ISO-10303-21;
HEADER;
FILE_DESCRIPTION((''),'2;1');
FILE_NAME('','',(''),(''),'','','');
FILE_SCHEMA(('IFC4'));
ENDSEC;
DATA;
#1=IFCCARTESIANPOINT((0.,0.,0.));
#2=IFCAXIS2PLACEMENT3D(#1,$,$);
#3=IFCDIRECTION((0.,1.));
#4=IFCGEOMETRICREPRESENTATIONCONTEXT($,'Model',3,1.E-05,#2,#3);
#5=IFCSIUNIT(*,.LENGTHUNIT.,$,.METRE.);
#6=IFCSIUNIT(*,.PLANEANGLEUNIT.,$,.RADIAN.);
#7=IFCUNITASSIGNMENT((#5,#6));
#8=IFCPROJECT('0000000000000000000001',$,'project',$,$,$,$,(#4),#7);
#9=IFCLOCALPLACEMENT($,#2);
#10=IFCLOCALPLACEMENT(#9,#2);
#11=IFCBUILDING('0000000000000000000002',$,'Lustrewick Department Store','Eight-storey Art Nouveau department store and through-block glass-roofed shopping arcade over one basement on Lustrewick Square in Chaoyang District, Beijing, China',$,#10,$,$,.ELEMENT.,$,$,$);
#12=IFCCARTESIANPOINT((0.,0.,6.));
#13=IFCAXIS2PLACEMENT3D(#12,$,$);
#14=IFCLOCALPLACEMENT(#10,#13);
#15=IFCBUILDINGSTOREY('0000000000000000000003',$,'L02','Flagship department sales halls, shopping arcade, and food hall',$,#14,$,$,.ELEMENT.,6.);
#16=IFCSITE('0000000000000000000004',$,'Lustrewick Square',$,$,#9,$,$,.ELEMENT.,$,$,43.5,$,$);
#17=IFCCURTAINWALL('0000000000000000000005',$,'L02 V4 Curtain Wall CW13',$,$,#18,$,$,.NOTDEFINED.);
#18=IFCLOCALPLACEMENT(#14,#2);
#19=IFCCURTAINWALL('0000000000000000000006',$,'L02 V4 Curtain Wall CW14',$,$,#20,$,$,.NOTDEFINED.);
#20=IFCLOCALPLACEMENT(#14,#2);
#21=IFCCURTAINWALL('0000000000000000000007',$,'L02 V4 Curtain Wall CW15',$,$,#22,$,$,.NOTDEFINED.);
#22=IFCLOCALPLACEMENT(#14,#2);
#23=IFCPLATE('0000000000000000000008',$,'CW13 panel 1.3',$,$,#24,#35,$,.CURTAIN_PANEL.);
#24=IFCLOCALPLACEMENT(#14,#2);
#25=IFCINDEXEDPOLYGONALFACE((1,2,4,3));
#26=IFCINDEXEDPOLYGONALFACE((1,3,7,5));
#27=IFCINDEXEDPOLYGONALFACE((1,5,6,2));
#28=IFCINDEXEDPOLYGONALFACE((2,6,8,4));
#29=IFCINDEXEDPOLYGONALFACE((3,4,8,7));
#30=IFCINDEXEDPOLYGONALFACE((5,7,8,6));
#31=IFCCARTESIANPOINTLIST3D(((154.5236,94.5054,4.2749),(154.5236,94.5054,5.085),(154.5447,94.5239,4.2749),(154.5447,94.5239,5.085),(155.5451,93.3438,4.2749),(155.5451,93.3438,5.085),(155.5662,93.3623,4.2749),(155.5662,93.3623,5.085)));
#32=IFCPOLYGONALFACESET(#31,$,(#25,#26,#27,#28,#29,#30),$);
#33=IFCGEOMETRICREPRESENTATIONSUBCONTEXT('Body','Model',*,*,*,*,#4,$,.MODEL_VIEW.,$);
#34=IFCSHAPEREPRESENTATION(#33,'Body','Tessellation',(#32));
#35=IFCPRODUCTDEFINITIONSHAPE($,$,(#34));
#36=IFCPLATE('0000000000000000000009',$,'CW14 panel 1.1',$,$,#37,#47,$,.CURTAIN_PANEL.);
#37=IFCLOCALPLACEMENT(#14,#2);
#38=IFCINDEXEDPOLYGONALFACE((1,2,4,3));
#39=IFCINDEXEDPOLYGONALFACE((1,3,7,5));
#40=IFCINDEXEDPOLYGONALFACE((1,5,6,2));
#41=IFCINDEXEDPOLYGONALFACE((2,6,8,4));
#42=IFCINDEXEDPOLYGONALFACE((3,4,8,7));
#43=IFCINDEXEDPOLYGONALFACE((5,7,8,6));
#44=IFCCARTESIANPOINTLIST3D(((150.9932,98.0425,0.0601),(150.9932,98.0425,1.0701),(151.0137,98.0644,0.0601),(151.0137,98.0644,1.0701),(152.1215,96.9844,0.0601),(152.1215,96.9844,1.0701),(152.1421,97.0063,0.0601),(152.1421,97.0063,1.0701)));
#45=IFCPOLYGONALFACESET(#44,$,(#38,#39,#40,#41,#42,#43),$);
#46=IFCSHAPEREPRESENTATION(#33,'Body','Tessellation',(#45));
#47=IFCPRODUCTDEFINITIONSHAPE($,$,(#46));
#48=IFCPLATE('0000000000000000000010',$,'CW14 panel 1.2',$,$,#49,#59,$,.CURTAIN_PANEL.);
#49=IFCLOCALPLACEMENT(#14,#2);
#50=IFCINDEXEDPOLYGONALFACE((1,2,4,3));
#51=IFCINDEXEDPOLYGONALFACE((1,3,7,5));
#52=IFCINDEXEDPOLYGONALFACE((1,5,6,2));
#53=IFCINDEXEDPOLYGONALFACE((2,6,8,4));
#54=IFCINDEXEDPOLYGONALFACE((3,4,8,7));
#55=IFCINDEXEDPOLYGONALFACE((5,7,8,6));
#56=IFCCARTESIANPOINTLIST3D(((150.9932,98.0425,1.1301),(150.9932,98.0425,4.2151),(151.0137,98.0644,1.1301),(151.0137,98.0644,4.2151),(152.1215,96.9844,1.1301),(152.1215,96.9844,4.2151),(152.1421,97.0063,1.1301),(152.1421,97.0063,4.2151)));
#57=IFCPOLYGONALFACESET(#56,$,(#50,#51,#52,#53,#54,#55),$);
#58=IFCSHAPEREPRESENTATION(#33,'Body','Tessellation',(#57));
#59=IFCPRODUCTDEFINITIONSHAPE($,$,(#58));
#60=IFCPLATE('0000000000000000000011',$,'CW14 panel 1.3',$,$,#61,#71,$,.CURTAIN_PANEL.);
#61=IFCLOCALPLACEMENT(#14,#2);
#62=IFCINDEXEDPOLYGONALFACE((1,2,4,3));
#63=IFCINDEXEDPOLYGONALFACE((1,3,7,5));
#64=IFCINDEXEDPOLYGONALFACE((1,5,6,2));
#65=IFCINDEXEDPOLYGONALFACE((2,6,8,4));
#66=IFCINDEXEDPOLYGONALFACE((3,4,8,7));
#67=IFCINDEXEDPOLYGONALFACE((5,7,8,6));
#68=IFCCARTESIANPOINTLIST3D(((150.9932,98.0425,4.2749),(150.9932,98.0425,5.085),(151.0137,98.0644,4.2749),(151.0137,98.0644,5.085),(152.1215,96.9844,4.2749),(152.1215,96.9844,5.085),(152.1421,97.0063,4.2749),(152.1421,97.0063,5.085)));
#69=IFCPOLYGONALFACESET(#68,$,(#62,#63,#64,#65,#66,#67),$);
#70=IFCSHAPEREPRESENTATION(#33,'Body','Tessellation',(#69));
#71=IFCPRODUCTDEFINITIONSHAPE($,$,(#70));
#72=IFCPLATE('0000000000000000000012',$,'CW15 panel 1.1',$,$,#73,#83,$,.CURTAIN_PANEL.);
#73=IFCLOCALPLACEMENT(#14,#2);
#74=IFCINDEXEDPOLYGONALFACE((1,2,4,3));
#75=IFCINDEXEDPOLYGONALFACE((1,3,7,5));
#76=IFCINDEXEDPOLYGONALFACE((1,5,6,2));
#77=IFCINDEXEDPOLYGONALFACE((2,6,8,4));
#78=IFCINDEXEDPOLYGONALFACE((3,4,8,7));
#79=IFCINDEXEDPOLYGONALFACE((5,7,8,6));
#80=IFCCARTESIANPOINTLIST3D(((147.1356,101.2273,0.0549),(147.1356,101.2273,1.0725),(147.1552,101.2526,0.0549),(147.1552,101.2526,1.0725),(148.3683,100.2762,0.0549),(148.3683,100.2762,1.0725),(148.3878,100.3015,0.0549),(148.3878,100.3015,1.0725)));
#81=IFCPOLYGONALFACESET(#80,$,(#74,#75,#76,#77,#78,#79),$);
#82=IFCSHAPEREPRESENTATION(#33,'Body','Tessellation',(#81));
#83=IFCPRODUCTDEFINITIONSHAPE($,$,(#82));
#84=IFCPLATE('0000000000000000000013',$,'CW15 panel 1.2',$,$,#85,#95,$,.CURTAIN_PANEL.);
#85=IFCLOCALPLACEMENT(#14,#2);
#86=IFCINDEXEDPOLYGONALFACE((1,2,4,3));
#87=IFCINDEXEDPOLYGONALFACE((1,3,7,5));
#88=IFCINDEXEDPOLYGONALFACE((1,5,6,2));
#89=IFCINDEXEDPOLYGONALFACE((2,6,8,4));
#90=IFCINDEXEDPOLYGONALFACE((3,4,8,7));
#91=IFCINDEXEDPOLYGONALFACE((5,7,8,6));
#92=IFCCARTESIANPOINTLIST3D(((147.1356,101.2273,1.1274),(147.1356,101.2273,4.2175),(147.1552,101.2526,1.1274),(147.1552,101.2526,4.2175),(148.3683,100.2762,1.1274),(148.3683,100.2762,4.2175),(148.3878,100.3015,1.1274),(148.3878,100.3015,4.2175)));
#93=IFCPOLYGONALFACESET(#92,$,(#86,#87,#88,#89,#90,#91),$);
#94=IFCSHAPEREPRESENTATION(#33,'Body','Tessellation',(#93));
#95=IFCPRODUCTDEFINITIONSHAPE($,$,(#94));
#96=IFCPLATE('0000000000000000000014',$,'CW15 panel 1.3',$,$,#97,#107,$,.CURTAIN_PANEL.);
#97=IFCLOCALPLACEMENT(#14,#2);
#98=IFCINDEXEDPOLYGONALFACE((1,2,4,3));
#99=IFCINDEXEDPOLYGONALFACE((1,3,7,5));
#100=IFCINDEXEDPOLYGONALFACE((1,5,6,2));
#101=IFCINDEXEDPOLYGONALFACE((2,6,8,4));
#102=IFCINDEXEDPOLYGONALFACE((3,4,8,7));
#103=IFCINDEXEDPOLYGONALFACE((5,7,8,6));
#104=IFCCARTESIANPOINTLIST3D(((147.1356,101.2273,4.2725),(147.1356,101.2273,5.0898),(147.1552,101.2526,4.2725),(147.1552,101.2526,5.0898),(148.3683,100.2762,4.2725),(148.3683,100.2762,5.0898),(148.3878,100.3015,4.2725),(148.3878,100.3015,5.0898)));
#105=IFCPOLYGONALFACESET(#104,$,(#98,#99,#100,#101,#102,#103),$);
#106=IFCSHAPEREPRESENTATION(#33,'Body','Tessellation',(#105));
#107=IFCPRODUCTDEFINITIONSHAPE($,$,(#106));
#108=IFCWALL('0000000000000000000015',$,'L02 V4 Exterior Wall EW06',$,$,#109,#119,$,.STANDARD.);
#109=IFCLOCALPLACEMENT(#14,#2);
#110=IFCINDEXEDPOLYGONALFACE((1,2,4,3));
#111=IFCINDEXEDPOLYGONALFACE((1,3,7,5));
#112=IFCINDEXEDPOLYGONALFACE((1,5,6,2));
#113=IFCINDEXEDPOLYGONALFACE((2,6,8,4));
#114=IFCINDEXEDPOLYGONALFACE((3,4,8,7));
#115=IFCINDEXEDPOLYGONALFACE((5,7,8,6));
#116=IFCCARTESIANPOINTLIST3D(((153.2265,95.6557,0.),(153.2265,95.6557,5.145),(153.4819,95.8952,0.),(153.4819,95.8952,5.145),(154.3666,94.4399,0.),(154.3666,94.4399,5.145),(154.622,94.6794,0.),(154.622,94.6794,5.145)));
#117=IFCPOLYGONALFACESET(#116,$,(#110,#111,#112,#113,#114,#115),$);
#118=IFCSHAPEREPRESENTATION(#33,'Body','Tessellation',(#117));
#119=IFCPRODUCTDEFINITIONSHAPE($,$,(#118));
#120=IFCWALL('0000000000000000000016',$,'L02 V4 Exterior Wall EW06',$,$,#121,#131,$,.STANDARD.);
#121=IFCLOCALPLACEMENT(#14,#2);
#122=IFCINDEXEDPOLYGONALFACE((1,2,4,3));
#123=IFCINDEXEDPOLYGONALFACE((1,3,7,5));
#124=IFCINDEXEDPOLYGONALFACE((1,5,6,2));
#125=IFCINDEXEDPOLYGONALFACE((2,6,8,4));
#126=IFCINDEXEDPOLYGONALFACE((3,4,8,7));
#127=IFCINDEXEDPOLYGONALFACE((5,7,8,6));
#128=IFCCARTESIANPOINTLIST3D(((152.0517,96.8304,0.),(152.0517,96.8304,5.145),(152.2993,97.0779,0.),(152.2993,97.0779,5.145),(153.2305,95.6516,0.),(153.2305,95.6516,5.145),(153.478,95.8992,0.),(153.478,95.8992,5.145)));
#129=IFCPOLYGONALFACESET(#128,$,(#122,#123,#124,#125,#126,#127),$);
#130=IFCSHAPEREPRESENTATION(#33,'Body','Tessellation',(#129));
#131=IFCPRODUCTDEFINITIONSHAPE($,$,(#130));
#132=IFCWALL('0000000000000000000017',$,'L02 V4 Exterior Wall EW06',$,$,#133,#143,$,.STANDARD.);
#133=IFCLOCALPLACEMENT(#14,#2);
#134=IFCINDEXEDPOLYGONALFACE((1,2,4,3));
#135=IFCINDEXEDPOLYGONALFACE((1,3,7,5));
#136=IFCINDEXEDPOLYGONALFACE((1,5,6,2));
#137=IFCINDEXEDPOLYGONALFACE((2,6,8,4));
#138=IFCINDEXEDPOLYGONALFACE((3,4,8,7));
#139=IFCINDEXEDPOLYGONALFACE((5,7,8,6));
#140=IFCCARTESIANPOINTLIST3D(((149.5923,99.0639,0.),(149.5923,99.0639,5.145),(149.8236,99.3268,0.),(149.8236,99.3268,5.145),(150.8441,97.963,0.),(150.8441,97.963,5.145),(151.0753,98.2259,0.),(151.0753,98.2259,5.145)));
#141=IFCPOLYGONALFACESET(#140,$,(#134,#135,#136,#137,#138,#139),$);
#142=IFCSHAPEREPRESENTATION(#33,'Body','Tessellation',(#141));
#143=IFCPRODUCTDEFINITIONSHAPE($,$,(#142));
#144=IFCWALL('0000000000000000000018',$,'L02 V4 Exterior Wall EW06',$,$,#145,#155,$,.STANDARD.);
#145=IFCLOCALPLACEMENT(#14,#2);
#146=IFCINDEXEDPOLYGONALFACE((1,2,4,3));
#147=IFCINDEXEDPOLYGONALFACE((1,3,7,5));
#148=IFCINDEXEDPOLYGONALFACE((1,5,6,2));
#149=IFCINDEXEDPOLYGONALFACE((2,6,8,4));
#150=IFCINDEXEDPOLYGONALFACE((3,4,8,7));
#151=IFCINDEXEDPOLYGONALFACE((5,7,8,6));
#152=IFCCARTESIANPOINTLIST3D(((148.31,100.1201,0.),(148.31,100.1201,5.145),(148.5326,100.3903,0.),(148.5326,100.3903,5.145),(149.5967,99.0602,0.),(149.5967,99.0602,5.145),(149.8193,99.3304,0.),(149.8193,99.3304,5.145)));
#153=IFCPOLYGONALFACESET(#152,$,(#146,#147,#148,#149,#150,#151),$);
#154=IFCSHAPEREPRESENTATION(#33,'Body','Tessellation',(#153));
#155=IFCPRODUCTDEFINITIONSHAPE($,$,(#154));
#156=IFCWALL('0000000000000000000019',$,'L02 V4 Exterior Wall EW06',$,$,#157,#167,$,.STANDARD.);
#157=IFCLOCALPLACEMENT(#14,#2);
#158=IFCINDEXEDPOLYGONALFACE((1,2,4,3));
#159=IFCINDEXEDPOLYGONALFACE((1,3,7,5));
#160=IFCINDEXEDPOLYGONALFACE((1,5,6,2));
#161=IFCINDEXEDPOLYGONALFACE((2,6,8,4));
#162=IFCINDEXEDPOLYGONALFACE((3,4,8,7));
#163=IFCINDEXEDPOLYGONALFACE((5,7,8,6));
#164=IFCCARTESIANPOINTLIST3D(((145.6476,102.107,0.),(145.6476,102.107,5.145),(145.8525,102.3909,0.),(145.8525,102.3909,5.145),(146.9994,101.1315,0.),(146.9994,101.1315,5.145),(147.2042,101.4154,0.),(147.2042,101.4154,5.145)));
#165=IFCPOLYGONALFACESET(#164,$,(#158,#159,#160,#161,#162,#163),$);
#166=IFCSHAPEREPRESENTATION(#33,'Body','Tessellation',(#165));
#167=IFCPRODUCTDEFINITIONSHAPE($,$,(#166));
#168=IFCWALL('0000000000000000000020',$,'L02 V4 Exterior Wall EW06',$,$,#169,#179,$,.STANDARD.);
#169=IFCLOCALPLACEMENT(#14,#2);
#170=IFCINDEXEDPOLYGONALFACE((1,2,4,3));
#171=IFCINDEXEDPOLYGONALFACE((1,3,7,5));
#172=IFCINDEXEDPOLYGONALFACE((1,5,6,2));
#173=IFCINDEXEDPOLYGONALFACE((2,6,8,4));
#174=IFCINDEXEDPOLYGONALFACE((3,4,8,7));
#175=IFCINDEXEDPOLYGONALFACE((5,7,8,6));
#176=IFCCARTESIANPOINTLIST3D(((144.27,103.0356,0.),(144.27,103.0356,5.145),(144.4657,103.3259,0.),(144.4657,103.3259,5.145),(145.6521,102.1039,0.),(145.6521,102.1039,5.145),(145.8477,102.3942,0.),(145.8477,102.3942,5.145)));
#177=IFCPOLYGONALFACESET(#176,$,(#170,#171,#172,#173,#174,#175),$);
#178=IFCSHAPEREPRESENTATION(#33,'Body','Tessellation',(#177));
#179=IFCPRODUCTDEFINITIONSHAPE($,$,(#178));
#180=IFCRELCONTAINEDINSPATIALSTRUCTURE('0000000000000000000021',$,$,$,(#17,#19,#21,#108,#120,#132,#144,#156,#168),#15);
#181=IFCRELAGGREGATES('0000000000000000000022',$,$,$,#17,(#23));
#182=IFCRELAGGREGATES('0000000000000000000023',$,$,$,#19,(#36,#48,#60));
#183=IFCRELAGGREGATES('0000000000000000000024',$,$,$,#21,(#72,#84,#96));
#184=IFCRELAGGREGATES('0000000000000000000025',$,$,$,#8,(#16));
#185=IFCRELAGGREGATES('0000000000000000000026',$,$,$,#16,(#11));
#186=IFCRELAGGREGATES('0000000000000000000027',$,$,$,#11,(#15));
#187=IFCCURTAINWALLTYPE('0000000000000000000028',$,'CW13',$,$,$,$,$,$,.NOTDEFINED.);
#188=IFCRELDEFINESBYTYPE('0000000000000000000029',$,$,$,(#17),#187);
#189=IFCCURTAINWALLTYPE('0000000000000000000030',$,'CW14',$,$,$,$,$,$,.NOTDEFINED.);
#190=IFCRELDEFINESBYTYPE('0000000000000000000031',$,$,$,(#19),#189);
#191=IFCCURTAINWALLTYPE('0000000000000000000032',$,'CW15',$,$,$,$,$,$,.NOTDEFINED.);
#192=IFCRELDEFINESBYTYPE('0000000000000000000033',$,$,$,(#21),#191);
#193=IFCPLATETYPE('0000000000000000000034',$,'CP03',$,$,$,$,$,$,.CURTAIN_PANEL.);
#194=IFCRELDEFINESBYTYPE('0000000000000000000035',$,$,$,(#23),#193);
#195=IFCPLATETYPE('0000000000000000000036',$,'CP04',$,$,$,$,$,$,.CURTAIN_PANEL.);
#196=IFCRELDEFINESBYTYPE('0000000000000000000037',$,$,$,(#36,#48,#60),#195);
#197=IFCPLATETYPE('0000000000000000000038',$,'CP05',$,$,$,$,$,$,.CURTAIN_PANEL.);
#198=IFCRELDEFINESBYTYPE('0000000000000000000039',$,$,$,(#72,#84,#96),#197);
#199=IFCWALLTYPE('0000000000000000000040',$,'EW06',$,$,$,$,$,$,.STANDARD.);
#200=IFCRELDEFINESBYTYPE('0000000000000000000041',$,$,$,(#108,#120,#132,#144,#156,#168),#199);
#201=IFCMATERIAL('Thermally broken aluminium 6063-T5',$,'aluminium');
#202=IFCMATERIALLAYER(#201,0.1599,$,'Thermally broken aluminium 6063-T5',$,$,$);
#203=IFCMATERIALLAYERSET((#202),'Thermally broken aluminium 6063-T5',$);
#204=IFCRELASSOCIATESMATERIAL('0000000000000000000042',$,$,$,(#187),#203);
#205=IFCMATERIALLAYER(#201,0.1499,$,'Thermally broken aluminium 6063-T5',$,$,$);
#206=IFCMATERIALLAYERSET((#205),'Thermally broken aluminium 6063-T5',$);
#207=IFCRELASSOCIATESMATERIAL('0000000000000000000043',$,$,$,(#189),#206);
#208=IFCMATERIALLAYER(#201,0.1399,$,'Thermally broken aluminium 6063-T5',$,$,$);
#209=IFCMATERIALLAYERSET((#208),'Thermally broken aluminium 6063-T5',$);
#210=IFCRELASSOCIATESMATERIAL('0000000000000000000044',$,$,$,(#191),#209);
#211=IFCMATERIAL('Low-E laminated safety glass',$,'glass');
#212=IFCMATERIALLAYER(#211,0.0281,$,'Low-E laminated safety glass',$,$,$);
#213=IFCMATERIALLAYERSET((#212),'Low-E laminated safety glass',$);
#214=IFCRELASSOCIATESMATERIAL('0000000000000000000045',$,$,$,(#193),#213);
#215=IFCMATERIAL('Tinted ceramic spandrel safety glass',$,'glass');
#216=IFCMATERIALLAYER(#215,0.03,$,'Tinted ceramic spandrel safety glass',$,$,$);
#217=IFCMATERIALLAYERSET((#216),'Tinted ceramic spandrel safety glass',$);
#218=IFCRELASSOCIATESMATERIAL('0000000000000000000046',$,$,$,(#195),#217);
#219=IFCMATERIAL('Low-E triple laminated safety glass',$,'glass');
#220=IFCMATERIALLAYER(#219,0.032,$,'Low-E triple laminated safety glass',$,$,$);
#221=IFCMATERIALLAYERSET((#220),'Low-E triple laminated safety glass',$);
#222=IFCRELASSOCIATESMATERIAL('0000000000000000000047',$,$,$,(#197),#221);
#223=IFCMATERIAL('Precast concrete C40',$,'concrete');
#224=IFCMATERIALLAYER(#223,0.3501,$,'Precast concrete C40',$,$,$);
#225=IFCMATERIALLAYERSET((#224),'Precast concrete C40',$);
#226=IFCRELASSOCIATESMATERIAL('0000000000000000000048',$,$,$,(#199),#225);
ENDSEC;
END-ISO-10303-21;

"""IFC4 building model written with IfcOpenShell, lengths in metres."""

from ifc_helpers import new_model, si_unit, direction, frame, frame_2d, origin, origin_2d, place, context, subcontext, project, spatial, rectangle, extrude, material, layer, layer_set, type_object, element, aggregate, save


model = new_model("IFC4")

# Units and contexts
model_context = context("Model", 3, precision=1e-05, world=origin(), true_north=direction((0.0, 1.0)))
body_context = subcontext(model_context, "Body", "Model", "MODEL_VIEW")
ifc_project = project(units=[si_unit("LENGTHUNIT", "METRE"), si_unit("PLANEANGLEUNIT", "RADIAN")], contexts=[model_context])

# Site, building, storey
site_placement = place(None, origin())
site = spatial("IfcSite", under=ifc_project, at=site_placement, Name="Lustrewick Square", CompositionType="ELEMENT", RefElevation=43.5)
building_placement = place(site_placement, origin())
building = spatial("IfcBuilding", under=site, at=building_placement, Name="Lustrewick Department Store", Description="Eight-storey Art Nouveau department store and through-block glass-roofed shopping arcade over one basement on Lustrewick Square in Chaoyang District, Beijing, China", CompositionType="ELEMENT")
storey_placement = place(building_placement, frame((0.0, 0.0, 6.0)))
storey = spatial("IfcBuildingStorey", under=building, at=storey_placement, Name="L02", Description="Flagship department sales halls, shopping arcade, and food hall", CompositionType="ELEMENT", Elevation=6.0)

# Shared definitions
ifc_material_1 = material(Name="Thermally broken aluminium 6063-T5", Category="aluminium")

# Curtain wall
ifc_layer_1 = layer(ifc_material_1, 0.1599, Name="Thermally broken aluminium 6063-T5")
ifc_layer_set_1 = layer_set([ifc_layer_1], Name="Thermally broken aluminium 6063-T5")
curtain_wall_type_1 = type_object("IfcCurtainWallType", Name="CW13", PredefinedType="NOTDEFINED", material=ifc_layer_set_1)
curtain_wall_1_placement = place(storey_placement, origin())
curtain_wall_1 = element("IfcCurtainWall", 1, at=curtain_wall_1_placement, inside=storey, type_object=curtain_wall_type_1, Name="L02 V4 Curtain Wall CW13", PredefinedType="NOTDEFINED")

# Curtain walls
ifc_layer_2 = layer(ifc_material_1, 0.1499, Name="Thermally broken aluminium 6063-T5")
ifc_layer_set_2 = layer_set([ifc_layer_2], Name="Thermally broken aluminium 6063-T5")
curtain_wall_type_2 = type_object("IfcCurtainWallType", Name="CW14", PredefinedType="NOTDEFINED", material=ifc_layer_set_2)
curtain_wall_2_placement = place(storey_placement, origin())
curtain_wall_2 = element("IfcCurtainWall", 2, at=curtain_wall_2_placement, inside=storey, type_object=curtain_wall_type_2, Name="L02 V4 Curtain Wall CW14", PredefinedType="NOTDEFINED")
ifc_layer_3 = layer(ifc_material_1, 0.1399, Name="Thermally broken aluminium 6063-T5")
ifc_layer_set_3 = layer_set([ifc_layer_3], Name="Thermally broken aluminium 6063-T5")
curtain_wall_type_3 = type_object("IfcCurtainWallType", Name="CW15", PredefinedType="NOTDEFINED", material=ifc_layer_set_3)
curtain_wall_3_placement = place(storey_placement, origin())
curtain_wall_3 = element("IfcCurtainWall", 3, at=curtain_wall_3_placement, inside=storey, type_object=curtain_wall_type_3, Name="L02 V4 Curtain Wall CW15", PredefinedType="NOTDEFINED")

# Plates
ifc_material_2 = material(Name="Low-E laminated safety glass", Category="glass")
ifc_layer_4 = layer(ifc_material_2, 0.0281, Name="Low-E laminated safety glass")
ifc_layer_set_4 = layer_set([ifc_layer_4], Name="Low-E laminated safety glass")
plate_type_1 = type_object("IfcPlateType", Name="CP03", PredefinedType="CURTAIN_PANEL", material=ifc_layer_set_4)
plate_1_placement = place(storey_placement, frame((155.0449, 93.9338, 4.2749), z_axis=(0.0, 0.0, 1.0), x_axis=(-0.660359, 0.75095, 0.0)))
plate_1 = element("IfcPlate", 4, at=plate_1_placement, type_object=plate_type_1, Name="CW13 panel 1.3", PredefinedType="CURTAIN_PANEL", context=body_context, shape_type="SweptSolid", body=[
    extrude(rectangle(XDim=1.5469, YDim=0.0281, at=origin_2d()), origin(), (0.0, 0.0, 1.0), 0.8101),
])
aggregate(curtain_wall_1, [plate_1])
ifc_material_3 = material(Name="Tinted ceramic spandrel safety glass", Category="glass")
ifc_layer_5 = layer(ifc_material_3, 0.03, Name="Tinted ceramic spandrel safety glass")
ifc_layer_set_5 = layer_set([ifc_layer_5], Name="Tinted ceramic spandrel safety glass")
plate_type_2 = type_object("IfcPlateType", Name="CP04", PredefinedType="CURTAIN_PANEL", material=ifc_layer_set_5)
plate_2_placement = place(storey_placement, frame((151.5676, 97.5244, 0.0601), z_axis=(0.0, 0.0, 1.0), x_axis=(-0.729419, 0.684067, 0.0)))
plate_2 = element("IfcPlate", 5, at=plate_2_placement, type_object=plate_type_2, Name="CW14 panel 1.1", PredefinedType="CURTAIN_PANEL", context=body_context, shape_type="SweptSolid", body=[
    extrude(rectangle(XDim=1.5469, YDim=0.03, at=origin_2d()), origin(), (0.0, 0.0, 1.0), 1.01),
])
plate_3_placement = place(storey_placement, frame((151.5676, 97.5244, 1.1301), z_axis=(0.0, 0.0, 1.0), x_axis=(-0.729419, 0.684067, 0.0)))
plate_3 = element("IfcPlate", 6, at=plate_3_placement, type_object=plate_type_2, Name="CW14 panel 1.2", PredefinedType="CURTAIN_PANEL", context=body_context, shape_type="SweptSolid", body=[
    extrude(rectangle(XDim=1.5469, YDim=0.03, at=origin_2d()), origin(), (0.0, 0.0, 1.0), 3.085),
])
plate_4_placement = place(storey_placement, frame((151.5676, 97.5244, 4.2749), z_axis=(0.0, 0.0, 1.0), x_axis=(-0.729419, 0.684067, 0.0)))
plate_4 = element("IfcPlate", 7, at=plate_4_placement, type_object=plate_type_2, Name="CW14 panel 1.3", PredefinedType="CURTAIN_PANEL", context=body_context, shape_type="SweptSolid", body=[
    extrude(rectangle(XDim=1.5469, YDim=0.03, at=origin_2d()), origin(), (0.0, 0.0, 1.0), 0.8101),
])
aggregate(curtain_wall_2, [plate_2, plate_3, plate_4])
ifc_material_4 = material(Name="Low-E triple laminated safety glass", Category="glass")
ifc_layer_6 = layer(ifc_material_4, 0.032, Name="Low-E triple laminated safety glass")
ifc_layer_set_6 = layer_set([ifc_layer_6], Name="Low-E triple laminated safety glass")
plate_type_3 = type_object("IfcPlateType", Name="CP05", PredefinedType="CURTAIN_PANEL", material=ifc_layer_set_6)
plate_5_placement = place(storey_placement, frame((147.7617, 100.7644, 0.0549), z_axis=(0.0, 0.0, 1.0), x_axis=(-0.791733, 0.610867, 0.0)))
plate_5 = element("IfcPlate", 8, at=plate_5_placement, type_object=plate_type_3, Name="CW15 panel 1.1", PredefinedType="CURTAIN_PANEL", context=body_context, shape_type="SweptSolid", body=[
    extrude(rectangle(XDim=1.5569, YDim=0.032, at=origin_2d()), origin(), (0.0, 0.0, 1.0), 1.0176),
])
plate_6_placement = place(storey_placement, frame((147.7617, 100.7644, 1.1274), z_axis=(0.0, 0.0, 1.0), x_axis=(-0.791733, 0.610867, 0.0)))
plate_6 = element("IfcPlate", 9, at=plate_6_placement, type_object=plate_type_3, Name="CW15 panel 1.2", PredefinedType="CURTAIN_PANEL", context=body_context, shape_type="SweptSolid", body=[
    extrude(rectangle(XDim=1.5569, YDim=0.032, at=origin_2d()), origin(), (0.0, 0.0, 1.0), 3.0901),
])
plate_7_placement = place(storey_placement, frame((147.7617, 100.7644, 4.2725), z_axis=(0.0, 0.0, 1.0), x_axis=(-0.791733, 0.610867, 0.0)))
plate_7 = element("IfcPlate", 10, at=plate_7_placement, type_object=plate_type_3, Name="CW15 panel 1.3", PredefinedType="CURTAIN_PANEL", context=body_context, shape_type="SweptSolid", body=[
    extrude(rectangle(XDim=1.5569, YDim=0.032, at=origin_2d()), origin(), (0.0, 0.0, 1.0), 0.8174),
])
aggregate(curtain_wall_3, [plate_5, plate_6, plate_7])

# Walls
ifc_material_5 = material(Name="Precast concrete C40", Category="concrete")
ifc_layer_7 = layer(ifc_material_5, 0.3501, Name="Precast concrete C40")
ifc_layer_set_7 = layer_set([ifc_layer_7], Name="Precast concrete C40")
wall_type = type_object("IfcWallType", Name="EW06", PredefinedType="STANDARD", material=ifc_layer_set_7)
wall_1_placement = place(storey_placement, frame((154.4944, 94.5596, 0.0), z_axis=(0.0, 0.0, 1.0), x_axis=(-0.684039, 0.729446, 0.0)))
element("IfcWall", 11, at=wall_1_placement, inside=storey, type_object=wall_type, Name="L02 V4 Exterior Wall EW06", PredefinedType="STANDARD", context=body_context, shape_type="SweptSolid", body=[
    extrude(rectangle(XDim=1.6667, YDim=0.3501, at=frame_2d((0.8335, 0.0))), origin(), (0.0, 0.0, 1.0), 5.145),
])
for number, where, z_axis, x_axis, name in (
    (12, (153.3542, 95.7754, 0.0), (0.0, 0.0, 1.0), (-0.707107, 0.707107, 0.0), "L02 V4 Exterior Wall EW06"),
    (13, (150.9597, 98.0945, 0.0), (0.0, 0.0, 1.0), (-0.750914, 0.6604, 0.0), "L02 V4 Exterior Wall EW06"),
    (14, (149.708, 99.1953, 0.0), (0.0, 0.0, 1.0), (-0.771858, 0.635795, 0.0), "L02 V4 Exterior Wall EW06"),
    (15, (147.1018, 101.2734, 0.0), (0.0, 0.0, 1.0), (-0.810884, 0.585207, 0.0), "L02 V4 Exterior Wall EW06"),
):
    element("IfcWall", number, at=place(storey_placement, frame(where, z_axis=z_axis, x_axis=x_axis)), inside=storey, type_object=wall_type, Name=name, PredefinedType="STANDARD", context=body_context, shape_type="SweptSolid", body=[
        extrude(rectangle(XDim=1.667, YDim=0.3501, at=frame_2d((0.8335, 0.0))), origin(), (0.0, 0.0, 1.0), 5.145),
    ])
wall_2_placement = place(storey_placement, frame((145.75, 102.249, 0.0), z_axis=(0.0, 0.0, 1.0), x_axis=(-0.8292, 0.558952, 0.0)))
element("IfcWall", 16, at=wall_2_placement, inside=storey, type_object=wall_type, Name="L02 V4 Exterior Wall EW06", PredefinedType="STANDARD", context=body_context, shape_type="SweptSolid", body=[
    extrude(rectangle(XDim=1.6667, YDim=0.3501, at=frame_2d((0.8335, 0.0))), origin(), (0.0, 0.0, 1.0), 5.145),
])

save(model, "model.ifc")
